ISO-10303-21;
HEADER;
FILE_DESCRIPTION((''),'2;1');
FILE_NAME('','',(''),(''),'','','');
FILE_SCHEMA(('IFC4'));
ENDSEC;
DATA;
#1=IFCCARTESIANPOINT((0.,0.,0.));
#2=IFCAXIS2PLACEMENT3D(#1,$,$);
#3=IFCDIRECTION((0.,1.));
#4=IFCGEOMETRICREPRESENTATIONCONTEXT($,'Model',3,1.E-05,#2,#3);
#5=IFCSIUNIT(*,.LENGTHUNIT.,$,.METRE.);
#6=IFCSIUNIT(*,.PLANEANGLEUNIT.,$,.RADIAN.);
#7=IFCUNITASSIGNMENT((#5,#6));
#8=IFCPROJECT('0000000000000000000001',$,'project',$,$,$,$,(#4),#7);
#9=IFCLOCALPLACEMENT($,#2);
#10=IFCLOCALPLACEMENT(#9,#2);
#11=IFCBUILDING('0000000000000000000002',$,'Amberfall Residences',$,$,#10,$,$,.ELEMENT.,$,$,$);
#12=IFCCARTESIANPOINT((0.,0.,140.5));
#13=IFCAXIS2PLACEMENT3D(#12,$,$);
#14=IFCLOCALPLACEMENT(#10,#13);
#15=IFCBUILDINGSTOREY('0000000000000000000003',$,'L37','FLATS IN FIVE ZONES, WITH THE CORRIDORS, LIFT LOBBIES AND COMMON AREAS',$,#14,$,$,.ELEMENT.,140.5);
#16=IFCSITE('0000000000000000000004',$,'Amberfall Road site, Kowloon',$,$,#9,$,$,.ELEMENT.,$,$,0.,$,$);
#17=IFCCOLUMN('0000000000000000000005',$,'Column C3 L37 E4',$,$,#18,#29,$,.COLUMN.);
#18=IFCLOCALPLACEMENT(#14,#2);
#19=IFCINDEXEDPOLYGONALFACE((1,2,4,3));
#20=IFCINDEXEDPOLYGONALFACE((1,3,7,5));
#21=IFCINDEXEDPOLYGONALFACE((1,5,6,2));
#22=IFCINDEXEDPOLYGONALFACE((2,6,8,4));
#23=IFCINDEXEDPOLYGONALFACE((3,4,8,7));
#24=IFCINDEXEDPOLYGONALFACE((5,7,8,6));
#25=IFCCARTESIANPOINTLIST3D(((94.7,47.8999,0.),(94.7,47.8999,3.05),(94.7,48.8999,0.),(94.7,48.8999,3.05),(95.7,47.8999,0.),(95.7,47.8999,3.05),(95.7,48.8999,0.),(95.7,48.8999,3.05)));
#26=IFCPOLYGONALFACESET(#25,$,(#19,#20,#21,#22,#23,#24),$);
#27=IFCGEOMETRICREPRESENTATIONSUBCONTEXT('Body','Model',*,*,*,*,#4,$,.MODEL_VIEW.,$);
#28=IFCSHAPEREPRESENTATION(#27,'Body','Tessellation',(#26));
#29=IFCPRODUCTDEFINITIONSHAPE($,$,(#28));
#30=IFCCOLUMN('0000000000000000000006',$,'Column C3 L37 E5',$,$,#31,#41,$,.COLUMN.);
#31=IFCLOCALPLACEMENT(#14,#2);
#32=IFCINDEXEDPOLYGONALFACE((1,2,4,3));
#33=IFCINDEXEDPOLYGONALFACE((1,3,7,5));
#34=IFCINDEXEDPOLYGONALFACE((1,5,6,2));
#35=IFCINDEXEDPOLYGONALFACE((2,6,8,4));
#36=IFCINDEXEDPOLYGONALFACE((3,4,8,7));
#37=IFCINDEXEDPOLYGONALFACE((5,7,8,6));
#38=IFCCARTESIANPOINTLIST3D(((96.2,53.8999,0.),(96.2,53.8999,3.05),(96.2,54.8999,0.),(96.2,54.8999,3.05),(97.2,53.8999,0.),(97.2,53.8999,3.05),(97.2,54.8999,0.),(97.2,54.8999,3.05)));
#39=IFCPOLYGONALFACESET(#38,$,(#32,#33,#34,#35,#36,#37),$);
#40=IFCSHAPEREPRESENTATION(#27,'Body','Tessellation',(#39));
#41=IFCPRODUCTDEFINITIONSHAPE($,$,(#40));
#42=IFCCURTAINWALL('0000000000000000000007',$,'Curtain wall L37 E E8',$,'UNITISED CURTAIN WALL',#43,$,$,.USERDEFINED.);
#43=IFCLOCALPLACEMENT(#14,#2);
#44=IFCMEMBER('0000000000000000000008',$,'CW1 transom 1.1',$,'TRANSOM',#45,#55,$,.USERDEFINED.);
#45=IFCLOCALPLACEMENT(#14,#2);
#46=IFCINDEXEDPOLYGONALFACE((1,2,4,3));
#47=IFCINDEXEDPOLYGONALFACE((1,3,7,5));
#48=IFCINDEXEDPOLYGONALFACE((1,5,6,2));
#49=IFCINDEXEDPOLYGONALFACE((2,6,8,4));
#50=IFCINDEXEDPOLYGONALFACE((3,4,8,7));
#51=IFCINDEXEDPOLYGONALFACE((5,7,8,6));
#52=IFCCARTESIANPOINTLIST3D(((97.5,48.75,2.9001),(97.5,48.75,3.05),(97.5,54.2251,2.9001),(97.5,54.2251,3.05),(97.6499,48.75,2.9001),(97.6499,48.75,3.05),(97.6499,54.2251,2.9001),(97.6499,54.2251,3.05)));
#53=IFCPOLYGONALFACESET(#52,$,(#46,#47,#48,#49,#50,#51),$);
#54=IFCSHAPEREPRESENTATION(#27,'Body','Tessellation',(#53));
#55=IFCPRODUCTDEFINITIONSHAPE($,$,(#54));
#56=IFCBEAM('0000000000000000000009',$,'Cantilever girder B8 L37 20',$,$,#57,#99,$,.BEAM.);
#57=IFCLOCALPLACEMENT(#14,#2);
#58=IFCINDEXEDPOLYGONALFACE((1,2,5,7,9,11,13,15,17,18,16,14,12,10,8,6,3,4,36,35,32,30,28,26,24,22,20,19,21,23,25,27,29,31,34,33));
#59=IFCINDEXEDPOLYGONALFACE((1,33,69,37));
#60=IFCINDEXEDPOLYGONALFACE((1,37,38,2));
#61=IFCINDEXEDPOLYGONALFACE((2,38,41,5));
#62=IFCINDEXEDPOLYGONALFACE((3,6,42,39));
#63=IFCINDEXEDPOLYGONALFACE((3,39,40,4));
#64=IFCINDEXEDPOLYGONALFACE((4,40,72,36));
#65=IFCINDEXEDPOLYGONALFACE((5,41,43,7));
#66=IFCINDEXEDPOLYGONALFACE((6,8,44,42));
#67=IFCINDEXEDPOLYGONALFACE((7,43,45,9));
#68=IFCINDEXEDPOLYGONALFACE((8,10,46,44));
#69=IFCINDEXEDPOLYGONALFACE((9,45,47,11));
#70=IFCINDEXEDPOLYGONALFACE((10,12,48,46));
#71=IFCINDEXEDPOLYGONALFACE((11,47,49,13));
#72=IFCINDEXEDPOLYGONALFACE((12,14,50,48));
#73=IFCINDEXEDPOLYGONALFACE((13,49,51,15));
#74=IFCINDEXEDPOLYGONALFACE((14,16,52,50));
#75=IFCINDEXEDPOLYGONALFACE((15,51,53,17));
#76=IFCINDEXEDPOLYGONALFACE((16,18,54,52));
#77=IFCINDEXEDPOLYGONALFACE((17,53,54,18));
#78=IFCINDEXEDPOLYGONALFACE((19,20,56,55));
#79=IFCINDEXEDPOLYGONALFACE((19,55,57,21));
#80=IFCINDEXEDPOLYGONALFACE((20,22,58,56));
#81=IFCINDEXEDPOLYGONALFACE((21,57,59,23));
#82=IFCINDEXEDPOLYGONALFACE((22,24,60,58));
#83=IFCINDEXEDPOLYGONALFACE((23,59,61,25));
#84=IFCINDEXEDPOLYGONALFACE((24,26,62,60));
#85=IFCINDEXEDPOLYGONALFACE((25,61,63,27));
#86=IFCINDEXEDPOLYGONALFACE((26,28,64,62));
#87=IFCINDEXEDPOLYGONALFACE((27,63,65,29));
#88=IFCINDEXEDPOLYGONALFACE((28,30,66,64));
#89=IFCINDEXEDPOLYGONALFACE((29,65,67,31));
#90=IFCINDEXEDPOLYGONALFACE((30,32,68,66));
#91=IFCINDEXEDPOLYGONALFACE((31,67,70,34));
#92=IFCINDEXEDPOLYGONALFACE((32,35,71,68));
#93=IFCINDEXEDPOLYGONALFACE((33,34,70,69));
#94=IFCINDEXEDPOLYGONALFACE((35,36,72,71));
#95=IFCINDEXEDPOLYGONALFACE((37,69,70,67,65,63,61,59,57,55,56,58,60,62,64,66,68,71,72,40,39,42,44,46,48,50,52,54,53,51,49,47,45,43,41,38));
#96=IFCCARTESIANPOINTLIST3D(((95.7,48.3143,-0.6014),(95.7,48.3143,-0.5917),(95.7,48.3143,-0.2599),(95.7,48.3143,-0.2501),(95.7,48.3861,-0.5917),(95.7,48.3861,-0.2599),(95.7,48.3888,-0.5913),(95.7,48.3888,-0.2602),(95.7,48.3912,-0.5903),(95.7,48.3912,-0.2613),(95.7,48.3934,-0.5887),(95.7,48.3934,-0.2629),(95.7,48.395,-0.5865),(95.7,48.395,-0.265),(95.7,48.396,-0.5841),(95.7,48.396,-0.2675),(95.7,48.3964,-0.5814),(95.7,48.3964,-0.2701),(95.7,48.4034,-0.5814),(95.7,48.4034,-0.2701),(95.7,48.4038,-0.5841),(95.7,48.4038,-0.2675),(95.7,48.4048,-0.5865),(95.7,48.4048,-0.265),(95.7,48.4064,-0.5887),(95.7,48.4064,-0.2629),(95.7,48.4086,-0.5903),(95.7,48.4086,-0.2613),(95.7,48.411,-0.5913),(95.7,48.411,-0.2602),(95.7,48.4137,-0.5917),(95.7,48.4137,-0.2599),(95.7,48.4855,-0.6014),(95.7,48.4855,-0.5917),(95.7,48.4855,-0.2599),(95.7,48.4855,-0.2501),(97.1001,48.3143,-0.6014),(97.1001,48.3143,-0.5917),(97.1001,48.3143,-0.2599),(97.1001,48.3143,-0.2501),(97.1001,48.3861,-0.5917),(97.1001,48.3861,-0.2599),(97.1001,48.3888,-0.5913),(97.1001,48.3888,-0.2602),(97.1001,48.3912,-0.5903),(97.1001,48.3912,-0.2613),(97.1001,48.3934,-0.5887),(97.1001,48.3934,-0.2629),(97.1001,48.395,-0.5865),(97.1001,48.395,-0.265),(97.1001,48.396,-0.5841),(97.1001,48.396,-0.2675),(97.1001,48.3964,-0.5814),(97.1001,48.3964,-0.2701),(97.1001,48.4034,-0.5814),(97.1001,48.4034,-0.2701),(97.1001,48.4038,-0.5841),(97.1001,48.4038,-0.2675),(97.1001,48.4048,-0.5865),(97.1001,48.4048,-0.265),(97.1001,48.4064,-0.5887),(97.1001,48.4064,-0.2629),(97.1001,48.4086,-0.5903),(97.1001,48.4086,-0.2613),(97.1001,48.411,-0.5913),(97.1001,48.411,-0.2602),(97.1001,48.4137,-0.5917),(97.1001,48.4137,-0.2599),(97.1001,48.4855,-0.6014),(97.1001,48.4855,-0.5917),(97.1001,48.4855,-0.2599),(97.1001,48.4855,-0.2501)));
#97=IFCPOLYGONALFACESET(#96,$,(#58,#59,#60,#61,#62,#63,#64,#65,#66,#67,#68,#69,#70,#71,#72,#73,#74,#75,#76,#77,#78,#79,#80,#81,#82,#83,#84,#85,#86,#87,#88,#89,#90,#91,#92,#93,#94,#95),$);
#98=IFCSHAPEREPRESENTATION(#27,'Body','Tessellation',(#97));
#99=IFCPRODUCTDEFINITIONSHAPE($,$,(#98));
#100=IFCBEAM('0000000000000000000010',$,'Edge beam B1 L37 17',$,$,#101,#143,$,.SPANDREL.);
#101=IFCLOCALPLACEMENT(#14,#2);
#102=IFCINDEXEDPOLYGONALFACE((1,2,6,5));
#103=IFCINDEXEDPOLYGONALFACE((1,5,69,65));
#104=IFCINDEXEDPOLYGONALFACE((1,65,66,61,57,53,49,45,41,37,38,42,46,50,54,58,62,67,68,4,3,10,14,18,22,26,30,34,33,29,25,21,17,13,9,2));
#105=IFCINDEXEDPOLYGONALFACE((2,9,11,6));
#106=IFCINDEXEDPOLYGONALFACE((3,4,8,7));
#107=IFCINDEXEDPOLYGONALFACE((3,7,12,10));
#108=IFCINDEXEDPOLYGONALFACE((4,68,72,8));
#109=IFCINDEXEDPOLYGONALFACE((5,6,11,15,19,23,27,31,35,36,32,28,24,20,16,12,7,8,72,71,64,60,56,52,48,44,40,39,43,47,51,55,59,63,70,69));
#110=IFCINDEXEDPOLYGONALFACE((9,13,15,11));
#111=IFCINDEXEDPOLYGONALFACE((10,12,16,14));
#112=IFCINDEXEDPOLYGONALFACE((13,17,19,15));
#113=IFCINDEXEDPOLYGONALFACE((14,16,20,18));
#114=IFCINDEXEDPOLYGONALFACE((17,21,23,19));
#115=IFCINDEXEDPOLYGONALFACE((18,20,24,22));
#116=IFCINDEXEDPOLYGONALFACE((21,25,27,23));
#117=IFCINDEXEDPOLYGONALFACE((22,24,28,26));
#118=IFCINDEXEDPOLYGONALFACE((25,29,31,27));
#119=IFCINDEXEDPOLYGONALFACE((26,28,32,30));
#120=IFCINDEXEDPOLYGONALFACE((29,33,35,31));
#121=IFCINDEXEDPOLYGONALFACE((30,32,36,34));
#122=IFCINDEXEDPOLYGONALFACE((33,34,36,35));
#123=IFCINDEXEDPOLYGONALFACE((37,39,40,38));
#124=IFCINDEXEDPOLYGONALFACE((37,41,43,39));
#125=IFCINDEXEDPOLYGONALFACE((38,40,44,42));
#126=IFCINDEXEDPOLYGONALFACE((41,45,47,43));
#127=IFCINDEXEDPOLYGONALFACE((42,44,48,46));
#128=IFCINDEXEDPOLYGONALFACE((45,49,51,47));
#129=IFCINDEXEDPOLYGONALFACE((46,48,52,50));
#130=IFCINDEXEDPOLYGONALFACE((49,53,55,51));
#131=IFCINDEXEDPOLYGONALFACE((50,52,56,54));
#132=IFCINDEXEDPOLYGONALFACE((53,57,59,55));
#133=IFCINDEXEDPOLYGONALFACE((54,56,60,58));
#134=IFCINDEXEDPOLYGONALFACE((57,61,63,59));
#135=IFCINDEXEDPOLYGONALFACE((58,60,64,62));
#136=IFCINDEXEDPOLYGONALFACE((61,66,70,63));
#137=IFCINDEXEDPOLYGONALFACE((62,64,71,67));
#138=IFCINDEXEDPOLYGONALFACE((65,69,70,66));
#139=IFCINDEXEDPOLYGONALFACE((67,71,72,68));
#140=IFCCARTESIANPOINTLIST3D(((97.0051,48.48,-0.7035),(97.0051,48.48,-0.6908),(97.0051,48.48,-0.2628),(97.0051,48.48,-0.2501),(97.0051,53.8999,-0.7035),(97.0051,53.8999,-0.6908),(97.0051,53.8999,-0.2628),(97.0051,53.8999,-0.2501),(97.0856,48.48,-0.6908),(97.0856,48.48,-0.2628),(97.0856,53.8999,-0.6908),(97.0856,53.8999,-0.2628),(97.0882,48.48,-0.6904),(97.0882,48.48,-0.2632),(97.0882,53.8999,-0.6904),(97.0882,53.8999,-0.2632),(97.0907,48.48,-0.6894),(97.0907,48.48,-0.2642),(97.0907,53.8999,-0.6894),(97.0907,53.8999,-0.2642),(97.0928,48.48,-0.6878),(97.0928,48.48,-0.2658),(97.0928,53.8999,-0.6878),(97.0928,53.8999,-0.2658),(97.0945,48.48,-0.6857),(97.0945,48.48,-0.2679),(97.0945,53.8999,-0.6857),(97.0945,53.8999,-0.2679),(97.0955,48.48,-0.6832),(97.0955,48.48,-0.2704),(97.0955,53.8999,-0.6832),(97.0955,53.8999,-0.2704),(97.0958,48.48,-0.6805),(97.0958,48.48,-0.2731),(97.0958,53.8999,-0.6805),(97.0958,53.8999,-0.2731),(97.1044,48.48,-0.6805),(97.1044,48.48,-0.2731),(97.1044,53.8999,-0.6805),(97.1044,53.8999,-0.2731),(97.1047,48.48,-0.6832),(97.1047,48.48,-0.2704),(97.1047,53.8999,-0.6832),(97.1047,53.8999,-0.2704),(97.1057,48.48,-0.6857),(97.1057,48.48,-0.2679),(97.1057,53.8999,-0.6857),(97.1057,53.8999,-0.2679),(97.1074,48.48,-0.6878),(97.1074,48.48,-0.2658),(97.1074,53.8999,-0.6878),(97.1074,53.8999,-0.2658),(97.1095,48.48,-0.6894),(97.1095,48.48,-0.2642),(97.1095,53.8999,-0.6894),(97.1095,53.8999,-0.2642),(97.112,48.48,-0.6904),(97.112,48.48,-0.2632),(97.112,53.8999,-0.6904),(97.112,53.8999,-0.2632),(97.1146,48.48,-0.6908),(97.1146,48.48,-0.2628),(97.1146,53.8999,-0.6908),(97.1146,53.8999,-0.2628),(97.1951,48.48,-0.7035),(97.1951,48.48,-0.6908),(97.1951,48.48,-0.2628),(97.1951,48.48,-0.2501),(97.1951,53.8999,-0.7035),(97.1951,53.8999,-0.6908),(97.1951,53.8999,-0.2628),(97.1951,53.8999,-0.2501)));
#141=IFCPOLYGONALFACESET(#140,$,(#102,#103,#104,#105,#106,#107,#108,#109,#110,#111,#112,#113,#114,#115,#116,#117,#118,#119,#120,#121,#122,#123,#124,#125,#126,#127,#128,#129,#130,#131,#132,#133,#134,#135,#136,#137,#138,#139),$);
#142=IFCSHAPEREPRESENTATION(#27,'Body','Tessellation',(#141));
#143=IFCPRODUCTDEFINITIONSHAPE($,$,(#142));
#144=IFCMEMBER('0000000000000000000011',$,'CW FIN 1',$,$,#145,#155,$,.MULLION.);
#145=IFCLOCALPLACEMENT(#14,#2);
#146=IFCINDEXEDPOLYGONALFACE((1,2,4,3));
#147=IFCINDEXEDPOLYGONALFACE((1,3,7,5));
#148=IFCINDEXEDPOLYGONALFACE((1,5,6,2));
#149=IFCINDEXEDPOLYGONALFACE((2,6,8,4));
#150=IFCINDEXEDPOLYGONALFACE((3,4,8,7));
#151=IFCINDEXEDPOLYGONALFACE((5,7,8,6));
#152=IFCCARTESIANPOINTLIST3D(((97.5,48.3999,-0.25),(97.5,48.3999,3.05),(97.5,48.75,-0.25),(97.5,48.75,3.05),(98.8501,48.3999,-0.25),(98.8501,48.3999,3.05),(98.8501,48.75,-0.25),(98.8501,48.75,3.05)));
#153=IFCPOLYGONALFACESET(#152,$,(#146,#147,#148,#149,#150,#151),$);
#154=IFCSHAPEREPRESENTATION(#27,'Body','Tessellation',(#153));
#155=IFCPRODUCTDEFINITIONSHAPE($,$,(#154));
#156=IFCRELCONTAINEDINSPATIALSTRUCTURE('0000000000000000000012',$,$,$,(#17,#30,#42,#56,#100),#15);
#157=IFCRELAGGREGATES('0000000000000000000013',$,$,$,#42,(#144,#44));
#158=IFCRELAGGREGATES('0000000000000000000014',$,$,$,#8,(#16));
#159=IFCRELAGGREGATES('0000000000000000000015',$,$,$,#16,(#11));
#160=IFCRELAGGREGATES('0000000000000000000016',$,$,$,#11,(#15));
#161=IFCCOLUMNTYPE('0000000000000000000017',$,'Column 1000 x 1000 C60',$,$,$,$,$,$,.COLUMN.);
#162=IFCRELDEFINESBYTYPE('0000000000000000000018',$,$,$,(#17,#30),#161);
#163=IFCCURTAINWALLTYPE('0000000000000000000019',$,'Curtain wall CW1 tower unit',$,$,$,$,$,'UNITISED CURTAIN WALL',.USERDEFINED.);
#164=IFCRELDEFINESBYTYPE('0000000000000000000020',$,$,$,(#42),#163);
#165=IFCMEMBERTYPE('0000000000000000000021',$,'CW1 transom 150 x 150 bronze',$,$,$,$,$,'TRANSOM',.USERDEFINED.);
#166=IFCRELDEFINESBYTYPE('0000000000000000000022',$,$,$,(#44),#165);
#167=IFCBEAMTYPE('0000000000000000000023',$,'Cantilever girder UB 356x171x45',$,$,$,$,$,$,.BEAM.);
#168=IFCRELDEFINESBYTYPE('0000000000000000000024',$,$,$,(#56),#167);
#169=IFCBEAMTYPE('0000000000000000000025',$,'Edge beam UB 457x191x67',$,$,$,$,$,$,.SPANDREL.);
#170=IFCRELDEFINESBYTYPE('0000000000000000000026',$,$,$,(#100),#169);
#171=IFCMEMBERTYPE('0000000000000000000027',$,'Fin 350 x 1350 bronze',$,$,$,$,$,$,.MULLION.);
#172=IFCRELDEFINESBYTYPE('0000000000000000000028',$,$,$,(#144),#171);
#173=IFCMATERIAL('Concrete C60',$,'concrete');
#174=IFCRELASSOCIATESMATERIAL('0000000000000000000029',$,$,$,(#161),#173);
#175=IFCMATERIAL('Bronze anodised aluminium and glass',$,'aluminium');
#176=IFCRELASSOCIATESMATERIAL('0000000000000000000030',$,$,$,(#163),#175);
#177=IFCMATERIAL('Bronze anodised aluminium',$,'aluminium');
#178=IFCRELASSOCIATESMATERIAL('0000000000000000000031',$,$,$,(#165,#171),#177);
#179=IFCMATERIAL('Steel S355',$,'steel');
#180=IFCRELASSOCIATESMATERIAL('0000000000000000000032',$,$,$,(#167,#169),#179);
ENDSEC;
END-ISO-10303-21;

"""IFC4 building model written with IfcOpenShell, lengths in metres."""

from ifc_helpers import new_model, si_unit, direction, frame, origin, origin_2d, place, context, subcontext, project, spatial, rectangle, i_section, extrude, material, material_profile, profile_set, type_object, element, aggregate, save


model = new_model("IFC4")

# Units and contexts
model_context = context("Model", 3, precision=1e-05, world=origin(), true_north=direction((0.0, 1.0)))
body_context = subcontext(model_context, "Body", "Model", "MODEL_VIEW")
ifc_project = project(units=[si_unit("LENGTHUNIT", "METRE"), si_unit("PLANEANGLEUNIT", "RADIAN")], contexts=[model_context])

# Site, building, storey
site_placement = place(None, origin())
site = spatial("IfcSite", under=ifc_project, at=site_placement, Name="Amberfall Road site, Kowloon", CompositionType="ELEMENT", RefElevation=0.0)
building_placement = place(site_placement, origin())
building = spatial("IfcBuilding", under=site, at=building_placement, Name="Amberfall Residences", CompositionType="ELEMENT")
storey_placement = place(building_placement, frame((0.0, 0.0, 140.5)))
storey = spatial("IfcBuildingStorey", under=building, at=storey_placement, Name="L37", Description="FLATS IN FIVE ZONES, WITH THE CORRIDORS, LIFT LOBBIES AND COMMON AREAS", CompositionType="ELEMENT", Elevation=140.5)

# Columns
ifc_material_1 = material(Name="Concrete C60", Category="concrete")
ifc_material_profile_1 = material_profile(ifc_material_1, rectangle(XDim=1.0, YDim=1.0, at=origin_2d()), Name="Column 1000 x 1000 C60")
ifc_profile_set_1 = profile_set([ifc_material_profile_1], Name="Concrete C60")
column_type = type_object("IfcColumnType", Name="Column 1000 x 1000 C60", PredefinedType="COLUMN", material=ifc_profile_set_1)
for number, where, z_axis, x_axis, name in (
    (1, (95.2, 48.3999, 0.0), (0.0, 0.0, 1.0), (1.0, 0.0, 0.0), "Column C3 L37 E4"),
    (2, (96.7, 54.3999, 0.0), (0.0, 0.0, 1.0), (1.0, 0.0, 0.0), "Column C3 L37 E5"),
):
    element("IfcColumn", number, at=place(storey_placement, frame(where, z_axis=z_axis, x_axis=x_axis)), inside=storey, type_object=column_type, Name=name, PredefinedType="COLUMN", context=body_context, shape_type="SweptSolid", body=[
        extrude(rectangle(XDim=1.0, YDim=1.0, at=origin_2d()), origin(), (0.0, 0.0, 1.0), 3.05),
    ])

# Curtain wall, member
ifc_material_2 = material(Name="Bronze anodised aluminium and glass", Category="aluminium")
curtain_wall_type = type_object("IfcCurtainWallType", Name="Curtain wall CW1 tower unit", ElementType="UNITISED CURTAIN WALL", PredefinedType="USERDEFINED", material=ifc_material_2)
curtain_wall_placement = place(storey_placement, origin())
curtain_wall = element("IfcCurtainWall", 3, at=curtain_wall_placement, inside=storey, type_object=curtain_wall_type, Name="Curtain wall L37 E E8", ObjectType="UNITISED CURTAIN WALL", PredefinedType="USERDEFINED")
ifc_material_3 = material(Name="Bronze anodised aluminium", Category="aluminium")
ifc_material_profile_2 = material_profile(ifc_material_3, rectangle(XDim=0.1499, YDim=0.1499, at=origin_2d()), Name="CW1 transom 150 x 150 bronze")
ifc_profile_set_2 = profile_set([ifc_material_profile_2], Name="Bronze anodised aluminium")
member_type_1 = type_object("IfcMemberType", Name="CW1 transom 150 x 150 bronze", ElementType="TRANSOM", PredefinedType="USERDEFINED", material=ifc_profile_set_2)
member_1_placement = place(storey_placement, frame((97.575, 48.75, 2.9751), z_axis=(0.0, 1.0, 0.0), x_axis=(-1.0, 0.0, 0.0)))
member_1 = element("IfcMember", 4, at=member_1_placement, type_object=member_type_1, Name="CW1 transom 1.1", ObjectType="TRANSOM", PredefinedType="USERDEFINED", context=body_context, shape_type="SweptSolid", body=[
    extrude(rectangle(XDim=0.1499, YDim=0.1499, at=origin_2d()), origin(), (0.0, 0.0, 1.0), 5.4751),
])

# Beams
ifc_material_4 = material(Name="Steel S355", Category="steel")
ifc_material_profile_3 = material_profile(ifc_material_4, i_section(OverallWidth=0.1711, OverallDepth=0.3513, WebThickness=0.0071, FlangeThickness=0.0098, FilletRadius=0.0103, at=origin_2d()), Name="UB 356x171x45")
ifc_profile_set_3 = profile_set([ifc_material_profile_3], Name="Steel S355")
beam_type_1 = type_object("IfcBeamType", Name="Cantilever girder UB 356x171x45", PredefinedType="BEAM", material=ifc_profile_set_3)
beam_1_placement = place(storey_placement, frame((95.7, 48.3999, -0.4258), z_axis=(1.0, 0.0, 0.0), x_axis=(0.0, 1.0, 0.0)))
element("IfcBeam", 5, at=beam_1_placement, inside=storey, type_object=beam_type_1, Name="Cantilever girder B8 L37 20", PredefinedType="BEAM", context=body_context, shape_type="SweptSolid", body=[
    extrude(i_section(OverallWidth=0.1711, OverallDepth=0.3513, WebThickness=0.0071, FlangeThickness=0.0098, FilletRadius=0.0103, at=origin_2d()), origin(), (0.0, 0.0, 1.0), 1.4001),
])
ifc_material_profile_4 = material_profile(ifc_material_4, i_section(OverallWidth=0.1899, OverallDepth=0.4534, WebThickness=0.0085, FlangeThickness=0.0127, FilletRadius=0.0103, at=origin_2d()), Name="UB 457x191x67")
ifc_profile_set_4 = profile_set([ifc_material_profile_4], Name="Steel S355")
beam_type_2 = type_object("IfcBeamType", Name="Edge beam UB 457x191x67", PredefinedType="SPANDREL", material=ifc_profile_set_4)
beam_2_placement = place(storey_placement, frame((97.1001, 48.48, -0.4768), z_axis=(0.0, 1.0, 0.0), x_axis=(-1.0, 0.0, 0.0)))
element("IfcBeam", 6, at=beam_2_placement, inside=storey, type_object=beam_type_2, Name="Edge beam B1 L37 17", PredefinedType="SPANDREL", context=body_context, shape_type="SweptSolid", body=[
    extrude(i_section(OverallWidth=0.1899, OverallDepth=0.4534, WebThickness=0.0085, FlangeThickness=0.0127, FilletRadius=0.0103, at=origin_2d()), origin(), (0.0, 0.0, 1.0), 5.4199),
])

# Member
ifc_material_profile_5 = material_profile(ifc_material_3, rectangle(XDim=1.3501, YDim=0.3501, at=origin_2d()), Name="Fin 350 x 1350 bronze")
ifc_profile_set_5 = profile_set([ifc_material_profile_5], Name="Bronze anodised aluminium")
member_type_2 = type_object("IfcMemberType", Name="Fin 350 x 1350 bronze", PredefinedType="MULLION", material=ifc_profile_set_5)
member_2_placement = place(storey_placement, frame((98.175, 48.575, -0.25), z_axis=(0.0, 0.0, 1.0), x_axis=(-1.0, 0.0, 0.0)))
member_2 = element("IfcMember", 7, at=member_2_placement, type_object=member_type_2, Name="CW FIN 1", PredefinedType="MULLION", context=body_context, shape_type="SweptSolid", body=[
    extrude(rectangle(XDim=1.3501, YDim=0.3501, at=origin_2d()), origin(), (0.0, 0.0, 1.0), 3.3),
])

aggregate(curtain_wall, [member_2, member_1])

save(model, "model.ifc")
